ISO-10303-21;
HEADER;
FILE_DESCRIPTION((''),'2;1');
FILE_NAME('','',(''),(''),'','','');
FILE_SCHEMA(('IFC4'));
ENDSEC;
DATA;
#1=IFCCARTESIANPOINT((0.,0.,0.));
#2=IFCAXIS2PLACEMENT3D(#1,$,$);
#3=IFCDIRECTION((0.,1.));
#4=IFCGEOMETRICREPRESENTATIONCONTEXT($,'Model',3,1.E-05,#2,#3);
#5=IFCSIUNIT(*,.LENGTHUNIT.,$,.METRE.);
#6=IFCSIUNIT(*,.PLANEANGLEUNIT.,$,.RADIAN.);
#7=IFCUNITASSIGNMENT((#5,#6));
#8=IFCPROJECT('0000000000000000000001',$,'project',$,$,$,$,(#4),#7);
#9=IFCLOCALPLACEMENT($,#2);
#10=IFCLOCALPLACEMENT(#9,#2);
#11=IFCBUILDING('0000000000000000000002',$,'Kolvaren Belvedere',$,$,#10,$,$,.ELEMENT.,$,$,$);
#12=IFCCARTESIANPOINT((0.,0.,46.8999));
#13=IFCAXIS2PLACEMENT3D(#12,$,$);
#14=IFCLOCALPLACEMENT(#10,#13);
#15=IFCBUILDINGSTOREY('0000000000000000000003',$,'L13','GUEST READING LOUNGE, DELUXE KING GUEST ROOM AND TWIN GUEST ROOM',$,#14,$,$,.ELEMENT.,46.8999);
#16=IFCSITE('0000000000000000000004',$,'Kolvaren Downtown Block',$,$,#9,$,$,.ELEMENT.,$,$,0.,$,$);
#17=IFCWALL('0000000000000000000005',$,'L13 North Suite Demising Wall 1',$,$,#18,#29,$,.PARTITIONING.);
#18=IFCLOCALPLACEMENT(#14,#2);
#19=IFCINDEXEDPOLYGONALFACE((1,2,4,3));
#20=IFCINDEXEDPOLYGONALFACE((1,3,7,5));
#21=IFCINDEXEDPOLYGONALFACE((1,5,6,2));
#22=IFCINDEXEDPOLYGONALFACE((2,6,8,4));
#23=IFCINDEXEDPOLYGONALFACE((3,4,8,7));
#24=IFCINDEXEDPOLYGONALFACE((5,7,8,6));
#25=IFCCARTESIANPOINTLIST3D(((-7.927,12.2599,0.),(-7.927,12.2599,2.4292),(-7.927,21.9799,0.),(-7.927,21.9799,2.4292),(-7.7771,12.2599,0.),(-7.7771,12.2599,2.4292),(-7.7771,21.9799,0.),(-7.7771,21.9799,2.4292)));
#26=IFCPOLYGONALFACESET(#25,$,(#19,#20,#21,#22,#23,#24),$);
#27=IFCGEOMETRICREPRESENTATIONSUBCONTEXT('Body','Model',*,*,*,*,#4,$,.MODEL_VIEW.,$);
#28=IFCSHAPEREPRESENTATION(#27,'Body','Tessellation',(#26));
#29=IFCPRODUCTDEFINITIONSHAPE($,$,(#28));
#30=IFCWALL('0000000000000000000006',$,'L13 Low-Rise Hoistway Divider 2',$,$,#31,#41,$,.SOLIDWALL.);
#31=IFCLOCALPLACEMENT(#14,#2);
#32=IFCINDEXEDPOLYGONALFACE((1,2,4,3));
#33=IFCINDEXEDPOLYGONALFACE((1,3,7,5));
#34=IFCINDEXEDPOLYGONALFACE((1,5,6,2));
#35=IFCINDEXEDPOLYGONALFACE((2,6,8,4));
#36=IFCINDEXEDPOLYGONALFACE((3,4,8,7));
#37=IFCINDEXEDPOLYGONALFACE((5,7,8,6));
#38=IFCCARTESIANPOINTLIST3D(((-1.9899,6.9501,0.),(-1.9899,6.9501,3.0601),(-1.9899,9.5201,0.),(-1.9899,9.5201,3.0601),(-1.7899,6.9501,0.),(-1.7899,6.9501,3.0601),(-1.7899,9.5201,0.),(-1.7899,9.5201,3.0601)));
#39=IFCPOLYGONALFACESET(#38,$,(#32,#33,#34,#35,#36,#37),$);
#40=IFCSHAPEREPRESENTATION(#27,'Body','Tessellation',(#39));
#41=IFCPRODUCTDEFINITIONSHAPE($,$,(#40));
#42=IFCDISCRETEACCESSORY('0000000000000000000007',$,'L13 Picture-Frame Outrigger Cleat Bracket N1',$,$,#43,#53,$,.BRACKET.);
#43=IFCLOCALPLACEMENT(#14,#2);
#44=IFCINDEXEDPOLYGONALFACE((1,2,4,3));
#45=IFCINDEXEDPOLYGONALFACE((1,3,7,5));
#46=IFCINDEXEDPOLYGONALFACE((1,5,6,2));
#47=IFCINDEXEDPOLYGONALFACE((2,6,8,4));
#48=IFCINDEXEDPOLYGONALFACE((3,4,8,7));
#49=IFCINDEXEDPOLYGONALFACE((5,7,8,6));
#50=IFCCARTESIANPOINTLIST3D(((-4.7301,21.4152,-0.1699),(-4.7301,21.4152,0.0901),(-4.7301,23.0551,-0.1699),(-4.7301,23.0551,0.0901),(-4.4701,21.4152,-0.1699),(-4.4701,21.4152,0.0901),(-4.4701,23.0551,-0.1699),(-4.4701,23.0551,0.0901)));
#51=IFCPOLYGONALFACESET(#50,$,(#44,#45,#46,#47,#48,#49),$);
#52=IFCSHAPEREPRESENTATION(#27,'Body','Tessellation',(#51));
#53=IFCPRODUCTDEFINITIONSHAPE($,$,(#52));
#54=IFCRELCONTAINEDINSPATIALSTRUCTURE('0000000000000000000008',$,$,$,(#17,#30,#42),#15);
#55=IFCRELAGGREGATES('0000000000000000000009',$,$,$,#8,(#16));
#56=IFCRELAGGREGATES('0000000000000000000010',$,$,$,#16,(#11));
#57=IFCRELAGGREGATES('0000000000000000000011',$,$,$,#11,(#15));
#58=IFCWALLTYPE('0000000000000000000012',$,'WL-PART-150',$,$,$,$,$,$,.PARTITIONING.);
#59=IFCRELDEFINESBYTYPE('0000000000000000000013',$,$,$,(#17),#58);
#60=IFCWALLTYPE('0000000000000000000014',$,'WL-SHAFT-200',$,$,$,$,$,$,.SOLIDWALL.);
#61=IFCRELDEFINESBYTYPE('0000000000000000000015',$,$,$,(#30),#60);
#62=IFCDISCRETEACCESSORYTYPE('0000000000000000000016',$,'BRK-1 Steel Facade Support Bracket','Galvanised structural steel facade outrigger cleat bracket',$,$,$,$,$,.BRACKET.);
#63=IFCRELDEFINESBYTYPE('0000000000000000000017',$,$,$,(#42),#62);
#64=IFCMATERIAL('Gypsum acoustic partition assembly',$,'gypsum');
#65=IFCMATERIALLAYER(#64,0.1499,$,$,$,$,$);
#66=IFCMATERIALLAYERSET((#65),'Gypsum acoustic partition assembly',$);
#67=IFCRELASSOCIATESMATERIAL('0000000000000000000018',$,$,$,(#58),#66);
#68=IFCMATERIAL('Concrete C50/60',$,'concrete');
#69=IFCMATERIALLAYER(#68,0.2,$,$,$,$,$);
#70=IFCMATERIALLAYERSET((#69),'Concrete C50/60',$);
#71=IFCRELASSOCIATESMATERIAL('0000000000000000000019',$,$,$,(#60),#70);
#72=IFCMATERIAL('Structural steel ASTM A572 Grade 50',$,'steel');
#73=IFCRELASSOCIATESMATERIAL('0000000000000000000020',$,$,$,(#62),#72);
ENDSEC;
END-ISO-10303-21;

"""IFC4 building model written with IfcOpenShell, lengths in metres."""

from ifc_helpers import new_model, si_unit, direction, frame, frame_2d, origin, origin_2d, place, context, subcontext, project, spatial, rectangle, extrude, material, layer, layer_set, type_object, element, save


model = new_model("IFC4")

# Units and contexts
model_context = context("Model", 3, precision=1e-05, world=origin(), true_north=direction((0.0, 1.0)))
body_context = subcontext(model_context, "Body", "Model", "MODEL_VIEW")
ifc_project = project(units=[si_unit("LENGTHUNIT", "METRE"), si_unit("PLANEANGLEUNIT", "RADIAN")], contexts=[model_context])

# Site, building, storey
site_placement = place(None, origin())
site = spatial("IfcSite", under=ifc_project, at=site_placement, Name="Kolvaren Downtown Block", CompositionType="ELEMENT", RefElevation=0.0)
building_placement = place(site_placement, origin())
building = spatial("IfcBuilding", under=site, at=building_placement, Name="Kolvaren Belvedere", CompositionType="ELEMENT")
storey_placement = place(building_placement, frame((0.0, 0.0, 46.8999)))
storey = spatial("IfcBuildingStorey", under=building, at=storey_placement, Name="L13", Description="GUEST READING LOUNGE, DELUXE KING GUEST ROOM AND TWIN GUEST ROOM", CompositionType="ELEMENT", Elevation=46.8999)

# Walls
ifc_material_1 = material(Name="Gypsum acoustic partition assembly", Category="gypsum")
ifc_layer_1 = layer(ifc_material_1, 0.1499)
ifc_layer_set_1 = layer_set([ifc_layer_1], Name="Gypsum acoustic partition assembly")
wall_type_1 = type_object("IfcWallType", Name="WL-PART-150", PredefinedType="PARTITIONING", material=ifc_layer_set_1)
wall_1_placement = place(storey_placement, frame((-7.8521, 12.26, 0.0), z_axis=(0.0, 0.0, 1.0), x_axis=(0.0, 1.0, 0.0)))
element("IfcWall", 1, at=wall_1_placement, inside=storey, type_object=wall_type_1, Name="L13 North Suite Demising Wall 1", PredefinedType="PARTITIONING", context=body_context, shape_type="SweptSolid", body=[
    extrude(rectangle(XDim=9.72, YDim=0.1499, at=frame_2d((4.8599, 0.0))), origin(), (0.0, 0.0, 1.0), 2.4292),
])
ifc_material_2 = material(Name="Concrete C50/60", Category="concrete")
ifc_layer_2 = layer(ifc_material_2, 0.2)
ifc_layer_set_2 = layer_set([ifc_layer_2], Name="Concrete C50/60")
wall_type_2 = type_object("IfcWallType", Name="WL-SHAFT-200", PredefinedType="SOLIDWALL", material=ifc_layer_set_2)
wall_2_placement = place(storey_placement, frame((-1.8899, 6.95, 0.0), z_axis=(0.0, 0.0, 1.0), x_axis=(0.0, 1.0, 0.0)))
element("IfcWall", 2, at=wall_2_placement, inside=storey, type_object=wall_type_2, Name="L13 Low-Rise Hoistway Divider 2", PredefinedType="SOLIDWALL", context=body_context, shape_type="SweptSolid", body=[
    extrude(rectangle(XDim=2.5701, YDim=0.2, at=frame_2d((1.2852, 0.0))), origin(), (0.0, 0.0, 1.0), 3.0601),
])

# Discrete accessory
ifc_material_3 = material(Name="Structural steel ASTM A572 Grade 50", Category="steel")
discrete_accessory_type = type_object("IfcDiscreteAccessoryType", Name="BRK-1 Steel Facade Support Bracket", Description="Galvanised structural steel facade outrigger cleat bracket", PredefinedType="BRACKET", material=ifc_material_3)
discrete_accessory_placement = place(storey_placement, frame((-4.6001, 22.2351, -0.1699), z_axis=(0.0, 0.0, 1.0), x_axis=(0.0, 1.0, 0.0)))
element("IfcDiscreteAccessory", 3, at=discrete_accessory_placement, inside=storey, type_object=discrete_accessory_type, Name="L13 Picture-Frame Outrigger Cleat Bracket N1", PredefinedType="BRACKET", context=body_context, shape_type="SweptSolid", body=[
    extrude(rectangle(XDim=1.6399, YDim=0.26, at=origin_2d()), origin(), (0.0, 0.0, 1.0), 0.26),
])

save(model, "model.ifc")
